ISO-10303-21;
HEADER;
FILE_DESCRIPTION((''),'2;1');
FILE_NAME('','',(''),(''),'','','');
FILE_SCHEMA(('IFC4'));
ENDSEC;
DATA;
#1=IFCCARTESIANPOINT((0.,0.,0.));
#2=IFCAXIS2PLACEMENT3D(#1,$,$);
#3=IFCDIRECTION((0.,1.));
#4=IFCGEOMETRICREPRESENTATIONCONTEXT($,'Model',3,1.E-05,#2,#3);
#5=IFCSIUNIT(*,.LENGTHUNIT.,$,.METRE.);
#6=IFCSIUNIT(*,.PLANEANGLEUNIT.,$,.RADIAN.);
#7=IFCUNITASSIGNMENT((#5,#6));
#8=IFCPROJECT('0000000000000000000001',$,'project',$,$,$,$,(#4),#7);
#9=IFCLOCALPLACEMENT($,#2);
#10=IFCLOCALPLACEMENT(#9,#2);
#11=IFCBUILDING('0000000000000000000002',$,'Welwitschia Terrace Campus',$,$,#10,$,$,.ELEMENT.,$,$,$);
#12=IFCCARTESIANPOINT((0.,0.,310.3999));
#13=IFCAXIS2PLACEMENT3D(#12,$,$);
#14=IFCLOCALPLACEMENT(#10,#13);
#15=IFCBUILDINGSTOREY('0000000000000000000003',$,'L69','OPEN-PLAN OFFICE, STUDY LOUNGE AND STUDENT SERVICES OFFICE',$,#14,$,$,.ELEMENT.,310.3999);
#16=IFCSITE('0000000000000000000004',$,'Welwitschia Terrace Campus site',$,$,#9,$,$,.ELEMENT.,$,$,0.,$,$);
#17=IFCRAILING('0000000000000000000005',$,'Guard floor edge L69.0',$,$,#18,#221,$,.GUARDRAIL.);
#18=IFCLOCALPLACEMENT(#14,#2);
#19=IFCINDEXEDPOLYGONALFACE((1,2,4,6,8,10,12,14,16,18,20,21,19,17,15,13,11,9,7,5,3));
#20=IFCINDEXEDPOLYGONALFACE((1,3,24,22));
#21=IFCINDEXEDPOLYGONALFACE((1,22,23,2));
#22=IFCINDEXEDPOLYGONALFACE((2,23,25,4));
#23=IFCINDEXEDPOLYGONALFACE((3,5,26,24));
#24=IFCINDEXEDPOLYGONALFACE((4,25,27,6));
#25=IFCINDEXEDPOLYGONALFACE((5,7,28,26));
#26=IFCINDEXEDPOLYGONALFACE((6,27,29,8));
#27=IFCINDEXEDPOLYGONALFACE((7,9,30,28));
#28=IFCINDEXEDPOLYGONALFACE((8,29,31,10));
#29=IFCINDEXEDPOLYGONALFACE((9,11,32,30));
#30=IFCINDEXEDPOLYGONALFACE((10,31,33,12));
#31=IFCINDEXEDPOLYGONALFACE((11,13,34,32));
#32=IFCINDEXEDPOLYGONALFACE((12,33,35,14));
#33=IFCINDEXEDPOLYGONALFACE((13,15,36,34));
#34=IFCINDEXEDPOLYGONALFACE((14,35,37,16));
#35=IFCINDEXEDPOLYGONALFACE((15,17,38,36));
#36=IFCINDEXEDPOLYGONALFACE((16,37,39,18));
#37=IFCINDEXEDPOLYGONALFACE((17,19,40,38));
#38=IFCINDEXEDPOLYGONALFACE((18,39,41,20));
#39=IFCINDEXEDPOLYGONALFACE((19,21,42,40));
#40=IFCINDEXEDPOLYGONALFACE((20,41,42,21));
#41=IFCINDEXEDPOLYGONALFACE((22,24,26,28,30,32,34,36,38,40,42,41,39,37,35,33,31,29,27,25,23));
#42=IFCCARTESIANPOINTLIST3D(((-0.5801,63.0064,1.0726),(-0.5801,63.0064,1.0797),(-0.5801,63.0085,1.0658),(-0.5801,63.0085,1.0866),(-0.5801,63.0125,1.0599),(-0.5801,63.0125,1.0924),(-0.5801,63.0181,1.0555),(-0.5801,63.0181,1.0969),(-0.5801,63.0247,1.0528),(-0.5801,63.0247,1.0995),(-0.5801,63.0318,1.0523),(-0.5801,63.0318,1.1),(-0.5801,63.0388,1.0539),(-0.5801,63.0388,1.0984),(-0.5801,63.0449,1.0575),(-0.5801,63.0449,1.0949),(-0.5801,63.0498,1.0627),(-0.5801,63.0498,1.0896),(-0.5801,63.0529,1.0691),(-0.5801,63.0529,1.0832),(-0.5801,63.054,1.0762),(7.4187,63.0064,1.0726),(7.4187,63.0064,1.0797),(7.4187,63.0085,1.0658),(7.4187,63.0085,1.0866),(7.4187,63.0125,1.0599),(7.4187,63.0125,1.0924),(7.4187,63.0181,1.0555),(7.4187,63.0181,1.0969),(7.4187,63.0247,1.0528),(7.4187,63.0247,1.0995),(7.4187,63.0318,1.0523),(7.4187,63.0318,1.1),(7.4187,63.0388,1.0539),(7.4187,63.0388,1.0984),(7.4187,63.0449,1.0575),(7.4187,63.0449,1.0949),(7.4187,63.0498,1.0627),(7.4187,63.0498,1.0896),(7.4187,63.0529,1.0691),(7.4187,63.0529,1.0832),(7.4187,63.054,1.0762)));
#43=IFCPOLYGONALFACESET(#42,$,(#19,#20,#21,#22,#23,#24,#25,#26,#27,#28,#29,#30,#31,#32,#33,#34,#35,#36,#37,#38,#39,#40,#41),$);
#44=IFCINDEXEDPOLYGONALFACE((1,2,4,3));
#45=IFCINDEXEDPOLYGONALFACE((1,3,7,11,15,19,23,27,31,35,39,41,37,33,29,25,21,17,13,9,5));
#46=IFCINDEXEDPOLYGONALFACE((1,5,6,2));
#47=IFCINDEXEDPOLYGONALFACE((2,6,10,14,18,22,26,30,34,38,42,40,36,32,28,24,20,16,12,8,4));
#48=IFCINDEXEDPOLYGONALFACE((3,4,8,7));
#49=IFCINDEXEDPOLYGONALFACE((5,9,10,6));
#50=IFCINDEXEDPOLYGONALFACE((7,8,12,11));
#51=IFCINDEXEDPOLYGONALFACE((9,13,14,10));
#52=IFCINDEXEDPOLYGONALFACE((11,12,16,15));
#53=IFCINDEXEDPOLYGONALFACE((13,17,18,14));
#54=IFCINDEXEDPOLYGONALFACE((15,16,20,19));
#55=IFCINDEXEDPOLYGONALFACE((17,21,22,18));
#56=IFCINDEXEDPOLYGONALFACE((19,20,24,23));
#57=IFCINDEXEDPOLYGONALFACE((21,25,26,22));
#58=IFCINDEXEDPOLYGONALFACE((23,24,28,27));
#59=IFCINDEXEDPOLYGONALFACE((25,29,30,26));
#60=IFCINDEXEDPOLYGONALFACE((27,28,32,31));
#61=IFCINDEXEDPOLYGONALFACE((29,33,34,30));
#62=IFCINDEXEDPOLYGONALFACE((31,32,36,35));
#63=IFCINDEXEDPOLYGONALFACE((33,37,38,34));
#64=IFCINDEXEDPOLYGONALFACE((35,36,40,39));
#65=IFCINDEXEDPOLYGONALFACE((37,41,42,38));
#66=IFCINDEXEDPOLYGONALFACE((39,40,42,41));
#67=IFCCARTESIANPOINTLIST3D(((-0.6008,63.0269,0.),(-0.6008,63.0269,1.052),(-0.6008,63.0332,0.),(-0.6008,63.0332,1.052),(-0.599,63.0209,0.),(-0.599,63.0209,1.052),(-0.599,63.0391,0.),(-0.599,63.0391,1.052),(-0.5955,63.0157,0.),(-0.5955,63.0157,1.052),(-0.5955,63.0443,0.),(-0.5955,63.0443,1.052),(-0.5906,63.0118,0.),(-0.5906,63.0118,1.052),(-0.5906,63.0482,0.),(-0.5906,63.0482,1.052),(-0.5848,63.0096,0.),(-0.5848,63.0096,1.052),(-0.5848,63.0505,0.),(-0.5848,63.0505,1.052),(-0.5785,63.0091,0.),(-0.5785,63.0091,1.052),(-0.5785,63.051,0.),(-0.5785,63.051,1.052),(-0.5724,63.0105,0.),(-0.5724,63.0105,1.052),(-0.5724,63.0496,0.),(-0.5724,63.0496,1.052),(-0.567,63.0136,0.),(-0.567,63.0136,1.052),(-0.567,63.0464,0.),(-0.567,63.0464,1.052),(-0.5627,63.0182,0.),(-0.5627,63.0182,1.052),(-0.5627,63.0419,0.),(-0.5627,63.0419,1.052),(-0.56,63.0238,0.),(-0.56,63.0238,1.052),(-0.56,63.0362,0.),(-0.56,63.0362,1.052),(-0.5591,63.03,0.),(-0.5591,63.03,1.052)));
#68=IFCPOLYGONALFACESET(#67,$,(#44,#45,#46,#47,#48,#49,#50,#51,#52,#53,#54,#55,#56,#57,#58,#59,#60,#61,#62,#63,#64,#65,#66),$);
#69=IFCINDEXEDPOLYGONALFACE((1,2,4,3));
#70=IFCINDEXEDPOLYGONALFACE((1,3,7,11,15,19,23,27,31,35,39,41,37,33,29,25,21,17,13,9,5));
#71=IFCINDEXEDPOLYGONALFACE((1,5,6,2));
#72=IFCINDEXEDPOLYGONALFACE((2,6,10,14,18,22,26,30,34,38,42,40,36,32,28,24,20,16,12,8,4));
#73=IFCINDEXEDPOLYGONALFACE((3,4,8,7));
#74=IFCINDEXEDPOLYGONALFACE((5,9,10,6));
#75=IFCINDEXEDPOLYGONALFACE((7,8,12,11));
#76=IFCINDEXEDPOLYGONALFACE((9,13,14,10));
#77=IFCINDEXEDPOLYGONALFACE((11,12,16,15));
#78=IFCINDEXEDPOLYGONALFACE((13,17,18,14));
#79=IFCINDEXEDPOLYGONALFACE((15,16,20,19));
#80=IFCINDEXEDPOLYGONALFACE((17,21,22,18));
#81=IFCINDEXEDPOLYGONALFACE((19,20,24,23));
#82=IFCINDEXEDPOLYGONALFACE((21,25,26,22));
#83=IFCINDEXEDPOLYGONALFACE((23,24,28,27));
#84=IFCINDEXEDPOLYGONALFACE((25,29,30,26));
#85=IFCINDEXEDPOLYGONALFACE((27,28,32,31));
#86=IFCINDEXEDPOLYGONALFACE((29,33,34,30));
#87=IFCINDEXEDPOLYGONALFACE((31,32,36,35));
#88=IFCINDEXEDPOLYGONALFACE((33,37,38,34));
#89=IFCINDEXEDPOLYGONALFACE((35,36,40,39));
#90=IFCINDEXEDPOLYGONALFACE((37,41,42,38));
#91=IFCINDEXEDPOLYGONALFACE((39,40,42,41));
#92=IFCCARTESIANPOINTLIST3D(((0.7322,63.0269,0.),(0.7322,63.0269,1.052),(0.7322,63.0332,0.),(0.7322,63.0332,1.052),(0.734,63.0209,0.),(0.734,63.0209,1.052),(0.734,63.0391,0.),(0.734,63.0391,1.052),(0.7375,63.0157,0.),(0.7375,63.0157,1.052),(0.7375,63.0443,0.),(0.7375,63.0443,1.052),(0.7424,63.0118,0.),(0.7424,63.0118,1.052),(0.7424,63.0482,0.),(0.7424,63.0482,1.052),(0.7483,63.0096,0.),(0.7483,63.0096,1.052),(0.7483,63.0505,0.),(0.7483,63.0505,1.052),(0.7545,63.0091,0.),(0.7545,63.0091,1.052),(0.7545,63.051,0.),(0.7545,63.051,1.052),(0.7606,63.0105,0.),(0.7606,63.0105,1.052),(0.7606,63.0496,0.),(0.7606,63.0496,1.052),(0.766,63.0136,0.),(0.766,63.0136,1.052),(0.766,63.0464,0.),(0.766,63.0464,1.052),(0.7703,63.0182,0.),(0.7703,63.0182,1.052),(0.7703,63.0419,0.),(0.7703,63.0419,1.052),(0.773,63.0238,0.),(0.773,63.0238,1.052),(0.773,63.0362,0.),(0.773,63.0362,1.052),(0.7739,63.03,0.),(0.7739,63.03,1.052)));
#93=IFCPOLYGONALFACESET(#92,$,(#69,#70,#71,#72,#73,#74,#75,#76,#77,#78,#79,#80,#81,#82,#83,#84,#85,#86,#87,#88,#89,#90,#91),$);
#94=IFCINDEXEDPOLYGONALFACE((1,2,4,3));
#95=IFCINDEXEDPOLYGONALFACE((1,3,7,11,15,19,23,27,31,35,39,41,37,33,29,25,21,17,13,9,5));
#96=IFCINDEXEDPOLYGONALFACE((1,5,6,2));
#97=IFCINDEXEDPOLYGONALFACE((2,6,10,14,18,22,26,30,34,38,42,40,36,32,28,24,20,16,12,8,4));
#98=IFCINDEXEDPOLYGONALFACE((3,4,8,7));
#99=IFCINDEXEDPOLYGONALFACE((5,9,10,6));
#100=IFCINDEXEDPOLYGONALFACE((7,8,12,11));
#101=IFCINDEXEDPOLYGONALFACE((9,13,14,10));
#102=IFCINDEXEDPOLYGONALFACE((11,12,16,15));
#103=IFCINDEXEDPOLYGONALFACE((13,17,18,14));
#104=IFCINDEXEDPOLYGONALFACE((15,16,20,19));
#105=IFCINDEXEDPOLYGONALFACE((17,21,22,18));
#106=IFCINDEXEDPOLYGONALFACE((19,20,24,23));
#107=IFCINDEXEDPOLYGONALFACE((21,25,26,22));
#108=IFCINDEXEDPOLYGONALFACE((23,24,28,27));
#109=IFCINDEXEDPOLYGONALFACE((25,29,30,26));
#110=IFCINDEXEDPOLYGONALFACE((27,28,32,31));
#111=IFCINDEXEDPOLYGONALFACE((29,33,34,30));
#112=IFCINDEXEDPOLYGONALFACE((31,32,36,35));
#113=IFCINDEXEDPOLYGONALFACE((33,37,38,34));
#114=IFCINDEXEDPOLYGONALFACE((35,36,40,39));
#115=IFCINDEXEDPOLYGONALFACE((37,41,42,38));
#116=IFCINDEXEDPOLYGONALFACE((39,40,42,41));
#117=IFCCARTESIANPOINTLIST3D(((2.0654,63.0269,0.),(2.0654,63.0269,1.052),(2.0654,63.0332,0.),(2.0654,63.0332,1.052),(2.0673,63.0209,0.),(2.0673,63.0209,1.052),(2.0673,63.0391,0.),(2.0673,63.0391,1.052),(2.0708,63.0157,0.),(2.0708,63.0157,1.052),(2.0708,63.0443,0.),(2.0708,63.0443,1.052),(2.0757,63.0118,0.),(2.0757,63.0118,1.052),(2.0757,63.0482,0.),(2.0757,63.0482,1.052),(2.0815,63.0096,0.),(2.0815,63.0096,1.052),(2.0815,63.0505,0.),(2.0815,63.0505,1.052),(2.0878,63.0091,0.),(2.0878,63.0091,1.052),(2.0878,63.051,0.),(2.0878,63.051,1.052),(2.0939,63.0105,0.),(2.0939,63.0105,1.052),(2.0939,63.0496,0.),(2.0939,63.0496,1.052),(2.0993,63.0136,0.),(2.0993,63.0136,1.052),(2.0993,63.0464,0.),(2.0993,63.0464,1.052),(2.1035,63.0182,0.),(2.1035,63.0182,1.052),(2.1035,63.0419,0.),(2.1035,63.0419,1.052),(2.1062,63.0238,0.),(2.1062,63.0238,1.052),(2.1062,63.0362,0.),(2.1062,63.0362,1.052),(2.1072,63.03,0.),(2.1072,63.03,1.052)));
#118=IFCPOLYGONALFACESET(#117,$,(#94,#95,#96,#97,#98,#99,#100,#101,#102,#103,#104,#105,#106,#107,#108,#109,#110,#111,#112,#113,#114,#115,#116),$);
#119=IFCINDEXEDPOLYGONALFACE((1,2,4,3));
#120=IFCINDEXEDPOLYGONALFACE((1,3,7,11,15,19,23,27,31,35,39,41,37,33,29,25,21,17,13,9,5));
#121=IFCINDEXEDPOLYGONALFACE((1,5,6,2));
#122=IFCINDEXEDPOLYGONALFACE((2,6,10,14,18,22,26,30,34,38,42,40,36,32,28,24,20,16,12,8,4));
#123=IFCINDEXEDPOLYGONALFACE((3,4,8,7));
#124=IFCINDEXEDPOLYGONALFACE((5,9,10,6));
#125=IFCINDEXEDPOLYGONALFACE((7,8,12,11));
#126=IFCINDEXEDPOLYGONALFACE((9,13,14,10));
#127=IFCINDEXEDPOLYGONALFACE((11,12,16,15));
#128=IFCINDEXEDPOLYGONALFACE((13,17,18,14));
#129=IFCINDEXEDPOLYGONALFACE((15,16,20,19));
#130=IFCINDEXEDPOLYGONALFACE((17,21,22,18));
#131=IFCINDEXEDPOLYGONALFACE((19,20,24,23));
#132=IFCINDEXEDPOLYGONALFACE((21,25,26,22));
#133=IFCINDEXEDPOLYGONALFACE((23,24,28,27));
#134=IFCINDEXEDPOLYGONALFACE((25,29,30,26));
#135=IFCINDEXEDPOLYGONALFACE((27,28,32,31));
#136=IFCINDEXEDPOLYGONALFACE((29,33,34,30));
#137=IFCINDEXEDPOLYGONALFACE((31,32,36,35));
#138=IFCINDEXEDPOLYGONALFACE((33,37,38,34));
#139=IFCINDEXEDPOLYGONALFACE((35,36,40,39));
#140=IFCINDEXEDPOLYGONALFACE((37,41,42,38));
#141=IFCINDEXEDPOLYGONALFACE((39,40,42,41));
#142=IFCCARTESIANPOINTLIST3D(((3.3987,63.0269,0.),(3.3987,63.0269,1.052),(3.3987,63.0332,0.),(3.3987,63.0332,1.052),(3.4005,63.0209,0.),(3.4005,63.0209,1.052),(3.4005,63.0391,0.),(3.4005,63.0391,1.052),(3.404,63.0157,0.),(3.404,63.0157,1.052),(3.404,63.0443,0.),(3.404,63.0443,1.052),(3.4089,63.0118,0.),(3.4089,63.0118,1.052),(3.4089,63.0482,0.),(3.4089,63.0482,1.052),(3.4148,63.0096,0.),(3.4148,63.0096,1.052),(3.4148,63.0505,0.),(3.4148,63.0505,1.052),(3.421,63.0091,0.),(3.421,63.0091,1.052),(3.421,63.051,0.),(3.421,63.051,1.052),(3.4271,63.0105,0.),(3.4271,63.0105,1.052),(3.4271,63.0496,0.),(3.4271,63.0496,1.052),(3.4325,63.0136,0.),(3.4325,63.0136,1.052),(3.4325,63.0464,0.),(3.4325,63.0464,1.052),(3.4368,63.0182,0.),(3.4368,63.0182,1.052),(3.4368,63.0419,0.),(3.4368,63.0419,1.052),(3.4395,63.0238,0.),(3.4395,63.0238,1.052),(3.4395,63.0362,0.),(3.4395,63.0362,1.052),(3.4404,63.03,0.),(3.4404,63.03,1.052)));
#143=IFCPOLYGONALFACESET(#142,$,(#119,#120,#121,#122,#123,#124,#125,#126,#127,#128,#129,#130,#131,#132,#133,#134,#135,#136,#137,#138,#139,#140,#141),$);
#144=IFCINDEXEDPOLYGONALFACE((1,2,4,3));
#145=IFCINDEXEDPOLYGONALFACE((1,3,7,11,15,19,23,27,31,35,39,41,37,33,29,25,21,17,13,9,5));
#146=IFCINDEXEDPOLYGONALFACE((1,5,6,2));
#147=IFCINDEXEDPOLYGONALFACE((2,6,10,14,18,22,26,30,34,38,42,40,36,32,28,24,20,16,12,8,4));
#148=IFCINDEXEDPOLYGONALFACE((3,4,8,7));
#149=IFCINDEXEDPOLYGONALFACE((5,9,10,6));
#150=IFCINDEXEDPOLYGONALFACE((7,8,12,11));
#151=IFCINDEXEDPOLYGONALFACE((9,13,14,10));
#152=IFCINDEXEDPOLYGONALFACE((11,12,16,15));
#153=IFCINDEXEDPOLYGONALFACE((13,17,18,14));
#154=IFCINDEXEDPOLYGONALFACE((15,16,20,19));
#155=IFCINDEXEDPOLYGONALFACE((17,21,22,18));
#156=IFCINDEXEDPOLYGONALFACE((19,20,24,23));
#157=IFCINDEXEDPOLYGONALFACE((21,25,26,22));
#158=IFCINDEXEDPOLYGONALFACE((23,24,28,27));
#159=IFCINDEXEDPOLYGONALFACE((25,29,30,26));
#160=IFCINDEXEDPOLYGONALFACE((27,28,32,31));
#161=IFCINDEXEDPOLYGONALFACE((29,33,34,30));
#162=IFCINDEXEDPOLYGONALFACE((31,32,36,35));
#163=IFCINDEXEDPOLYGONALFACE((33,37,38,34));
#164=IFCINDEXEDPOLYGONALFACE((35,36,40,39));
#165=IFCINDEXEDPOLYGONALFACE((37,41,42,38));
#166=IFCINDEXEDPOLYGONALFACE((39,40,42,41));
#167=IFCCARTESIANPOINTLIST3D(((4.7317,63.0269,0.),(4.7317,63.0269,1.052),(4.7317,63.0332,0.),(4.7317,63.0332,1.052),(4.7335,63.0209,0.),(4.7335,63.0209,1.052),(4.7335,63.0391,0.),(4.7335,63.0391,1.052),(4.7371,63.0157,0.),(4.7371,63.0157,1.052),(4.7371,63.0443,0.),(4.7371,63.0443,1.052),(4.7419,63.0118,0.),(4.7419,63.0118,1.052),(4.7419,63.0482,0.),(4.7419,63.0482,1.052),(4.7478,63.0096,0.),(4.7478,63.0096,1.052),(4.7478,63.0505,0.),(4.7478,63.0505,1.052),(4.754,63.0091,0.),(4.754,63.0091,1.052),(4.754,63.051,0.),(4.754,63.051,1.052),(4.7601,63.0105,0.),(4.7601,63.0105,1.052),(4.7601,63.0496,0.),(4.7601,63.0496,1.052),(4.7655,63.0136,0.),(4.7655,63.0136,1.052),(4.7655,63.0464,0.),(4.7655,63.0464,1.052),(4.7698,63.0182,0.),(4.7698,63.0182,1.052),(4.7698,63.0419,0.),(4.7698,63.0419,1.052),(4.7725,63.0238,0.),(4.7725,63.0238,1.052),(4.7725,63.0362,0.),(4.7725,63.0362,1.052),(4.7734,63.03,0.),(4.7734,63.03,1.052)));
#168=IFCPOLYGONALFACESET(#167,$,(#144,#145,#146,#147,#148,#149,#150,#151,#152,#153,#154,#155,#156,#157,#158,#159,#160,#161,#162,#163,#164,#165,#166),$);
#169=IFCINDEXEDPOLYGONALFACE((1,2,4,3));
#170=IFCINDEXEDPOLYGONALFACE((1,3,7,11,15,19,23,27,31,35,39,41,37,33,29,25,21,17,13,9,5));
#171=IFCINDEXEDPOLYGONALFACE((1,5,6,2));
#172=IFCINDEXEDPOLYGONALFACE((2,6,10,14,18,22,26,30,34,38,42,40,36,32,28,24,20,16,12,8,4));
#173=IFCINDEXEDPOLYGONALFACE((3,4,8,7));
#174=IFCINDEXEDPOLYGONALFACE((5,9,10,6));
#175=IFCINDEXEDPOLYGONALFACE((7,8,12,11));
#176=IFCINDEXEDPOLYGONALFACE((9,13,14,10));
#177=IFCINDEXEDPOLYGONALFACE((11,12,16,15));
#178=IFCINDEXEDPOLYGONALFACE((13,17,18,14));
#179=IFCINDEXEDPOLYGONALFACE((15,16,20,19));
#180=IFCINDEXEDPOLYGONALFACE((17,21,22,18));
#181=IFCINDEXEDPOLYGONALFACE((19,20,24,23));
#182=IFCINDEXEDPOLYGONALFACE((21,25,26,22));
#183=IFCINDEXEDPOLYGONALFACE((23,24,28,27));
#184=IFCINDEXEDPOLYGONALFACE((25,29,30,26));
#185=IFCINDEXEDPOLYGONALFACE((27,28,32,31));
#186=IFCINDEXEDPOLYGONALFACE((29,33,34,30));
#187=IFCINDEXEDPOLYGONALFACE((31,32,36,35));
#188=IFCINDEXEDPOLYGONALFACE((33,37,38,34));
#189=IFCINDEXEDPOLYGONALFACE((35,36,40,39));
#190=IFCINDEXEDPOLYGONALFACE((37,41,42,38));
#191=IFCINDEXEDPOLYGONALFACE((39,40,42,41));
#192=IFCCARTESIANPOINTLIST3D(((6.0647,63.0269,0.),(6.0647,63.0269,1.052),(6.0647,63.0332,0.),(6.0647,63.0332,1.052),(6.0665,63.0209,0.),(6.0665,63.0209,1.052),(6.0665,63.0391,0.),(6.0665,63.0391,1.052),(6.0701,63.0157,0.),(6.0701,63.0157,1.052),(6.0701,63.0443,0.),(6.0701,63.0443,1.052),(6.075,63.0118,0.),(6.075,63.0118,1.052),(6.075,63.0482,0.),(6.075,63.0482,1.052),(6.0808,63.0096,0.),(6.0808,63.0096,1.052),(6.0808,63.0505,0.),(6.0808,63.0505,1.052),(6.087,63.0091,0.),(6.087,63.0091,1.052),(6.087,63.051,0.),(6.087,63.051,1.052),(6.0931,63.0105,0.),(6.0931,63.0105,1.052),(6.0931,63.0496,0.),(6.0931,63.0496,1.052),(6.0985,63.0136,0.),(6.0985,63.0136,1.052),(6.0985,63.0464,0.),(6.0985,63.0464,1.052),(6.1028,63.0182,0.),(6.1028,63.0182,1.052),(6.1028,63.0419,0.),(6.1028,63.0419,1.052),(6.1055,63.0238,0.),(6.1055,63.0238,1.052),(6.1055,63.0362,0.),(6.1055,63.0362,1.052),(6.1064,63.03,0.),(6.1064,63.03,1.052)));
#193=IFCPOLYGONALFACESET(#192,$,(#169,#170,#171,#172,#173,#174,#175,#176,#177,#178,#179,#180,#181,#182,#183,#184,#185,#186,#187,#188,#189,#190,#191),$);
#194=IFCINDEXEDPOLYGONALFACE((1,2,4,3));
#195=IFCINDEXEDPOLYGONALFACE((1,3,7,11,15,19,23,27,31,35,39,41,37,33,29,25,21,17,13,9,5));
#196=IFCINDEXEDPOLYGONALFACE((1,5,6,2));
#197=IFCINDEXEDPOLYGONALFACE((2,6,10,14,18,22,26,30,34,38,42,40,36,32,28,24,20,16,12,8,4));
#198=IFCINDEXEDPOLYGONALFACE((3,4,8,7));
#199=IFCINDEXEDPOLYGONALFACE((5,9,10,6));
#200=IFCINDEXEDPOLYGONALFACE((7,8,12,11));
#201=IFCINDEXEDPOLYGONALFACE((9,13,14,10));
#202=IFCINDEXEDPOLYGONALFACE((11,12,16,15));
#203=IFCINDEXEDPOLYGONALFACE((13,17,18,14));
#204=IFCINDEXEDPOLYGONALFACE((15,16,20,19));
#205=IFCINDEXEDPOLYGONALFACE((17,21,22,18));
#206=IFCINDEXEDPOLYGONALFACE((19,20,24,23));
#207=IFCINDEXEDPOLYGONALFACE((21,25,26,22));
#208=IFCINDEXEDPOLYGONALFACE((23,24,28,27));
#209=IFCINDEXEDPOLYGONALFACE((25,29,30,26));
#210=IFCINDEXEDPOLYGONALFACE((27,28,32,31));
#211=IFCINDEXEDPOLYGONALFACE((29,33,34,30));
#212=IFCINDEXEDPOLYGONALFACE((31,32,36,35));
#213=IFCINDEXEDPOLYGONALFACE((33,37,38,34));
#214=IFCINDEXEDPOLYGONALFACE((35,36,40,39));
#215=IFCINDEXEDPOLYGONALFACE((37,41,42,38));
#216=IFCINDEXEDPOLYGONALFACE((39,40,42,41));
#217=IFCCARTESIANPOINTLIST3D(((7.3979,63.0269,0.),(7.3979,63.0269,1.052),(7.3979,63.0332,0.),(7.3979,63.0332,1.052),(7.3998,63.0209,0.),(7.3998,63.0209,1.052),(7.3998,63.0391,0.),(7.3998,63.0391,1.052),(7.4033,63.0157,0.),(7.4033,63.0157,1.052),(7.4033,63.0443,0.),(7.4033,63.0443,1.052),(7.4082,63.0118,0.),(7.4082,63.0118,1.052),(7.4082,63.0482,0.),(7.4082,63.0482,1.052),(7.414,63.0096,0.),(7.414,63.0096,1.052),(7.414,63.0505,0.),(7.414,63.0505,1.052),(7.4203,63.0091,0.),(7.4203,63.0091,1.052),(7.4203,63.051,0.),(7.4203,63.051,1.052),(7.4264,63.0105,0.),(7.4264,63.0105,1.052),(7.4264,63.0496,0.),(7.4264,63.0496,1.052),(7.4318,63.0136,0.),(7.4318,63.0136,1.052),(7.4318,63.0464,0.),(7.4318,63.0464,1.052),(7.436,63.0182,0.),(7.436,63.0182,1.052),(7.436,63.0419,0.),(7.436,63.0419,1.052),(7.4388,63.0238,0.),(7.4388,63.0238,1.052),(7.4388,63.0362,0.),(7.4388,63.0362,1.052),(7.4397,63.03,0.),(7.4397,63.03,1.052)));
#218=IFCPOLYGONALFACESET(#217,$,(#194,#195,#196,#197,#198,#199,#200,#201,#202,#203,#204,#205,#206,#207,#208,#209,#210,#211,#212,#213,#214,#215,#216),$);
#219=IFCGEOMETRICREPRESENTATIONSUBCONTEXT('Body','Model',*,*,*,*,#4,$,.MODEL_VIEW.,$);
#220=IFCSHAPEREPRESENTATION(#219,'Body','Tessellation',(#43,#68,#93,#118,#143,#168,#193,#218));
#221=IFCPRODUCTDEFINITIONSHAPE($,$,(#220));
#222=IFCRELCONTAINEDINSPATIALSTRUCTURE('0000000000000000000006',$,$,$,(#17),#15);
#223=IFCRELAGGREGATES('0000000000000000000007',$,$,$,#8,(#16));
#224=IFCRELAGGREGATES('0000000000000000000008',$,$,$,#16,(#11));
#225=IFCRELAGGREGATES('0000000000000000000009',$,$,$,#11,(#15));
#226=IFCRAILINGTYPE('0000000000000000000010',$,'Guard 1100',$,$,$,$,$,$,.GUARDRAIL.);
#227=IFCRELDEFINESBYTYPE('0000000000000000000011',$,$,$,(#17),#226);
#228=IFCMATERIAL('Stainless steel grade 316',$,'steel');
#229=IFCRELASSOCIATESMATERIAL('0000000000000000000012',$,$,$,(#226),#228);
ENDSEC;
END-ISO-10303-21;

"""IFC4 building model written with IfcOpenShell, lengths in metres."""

from ifc_helpers import new_model, si_unit, direction, frame, origin, origin_2d, place, context, subcontext, project, spatial, circle, extrude, material, type_object, element, save


model = new_model("IFC4")

# Units and contexts
model_context = context("Model", 3, precision=1e-05, world=origin(), true_north=direction((0.0, 1.0)))
body_context = subcontext(model_context, "Body", "Model", "MODEL_VIEW")
ifc_project = project(units=[si_unit("LENGTHUNIT", "METRE"), si_unit("PLANEANGLEUNIT", "RADIAN")], contexts=[model_context])

# Site, building, storey
site_placement = place(None, origin())
site = spatial("IfcSite", under=ifc_project, at=site_placement, Name="Welwitschia Terrace Campus site", CompositionType="ELEMENT", RefElevation=0.0)
building_placement = place(site_placement, origin())
building = spatial("IfcBuilding", under=site, at=building_placement, Name="Welwitschia Terrace Campus", CompositionType="ELEMENT")
storey_placement = place(building_placement, frame((0.0, 0.0, 310.3999)))
storey = spatial("IfcBuildingStorey", under=building, at=storey_placement, Name="L69", Description="OPEN-PLAN OFFICE, STUDY LOUNGE AND STUDENT SERVICES OFFICE", CompositionType="ELEMENT", Elevation=310.3999)

# Railing
ifc_material_1 = material(Name="Stainless steel grade 316", Category="steel")
railing_type = type_object("IfcRailingType", Name="Guard 1100", PredefinedType="GUARDRAIL", material=ifc_material_1)
railing_placement = place(storey_placement, frame((-0.5801, 63.03, 0.0)))
element("IfcRailing", 1, at=railing_placement, inside=storey, type_object=railing_type, Name="Guard floor edge L69.0", PredefinedType="GUARDRAIL", context=body_context, shape_type="SweptSolid", body=[
    extrude(circle(Radius=0.0239, at=origin_2d()), frame((0.0, 0.0, 1.0762), z_axis=(1.0, 0.0, 0.0), x_axis=(0.0, 1.0, 0.0)), (0.0, 0.0, 1.0), 7.9988),
    extrude(circle(Radius=0.021, at=origin_2d()), origin(), (0.0, 0.0, 1.0), 1.052),
    extrude(circle(Radius=0.021, at=origin_2d()), frame((1.333, 0.0, 0.0)), (0.0, 0.0, 1.0), 1.052),
    extrude(circle(Radius=0.021, at=origin_2d()), frame((2.6663, 0.0, 0.0)), (0.0, 0.0, 1.0), 1.052),
    extrude(circle(Radius=0.021, at=origin_2d()), frame((3.9995, 0.0, 0.0)), (0.0, 0.0, 1.0), 1.052),
    extrude(circle(Radius=0.021, at=origin_2d()), frame((5.3325, 0.0, 0.0)), (0.0, 0.0, 1.0), 1.052),
    extrude(circle(Radius=0.021, at=origin_2d()), frame((6.6655, 0.0, 0.0)), (0.0, 0.0, 1.0), 1.052),
    extrude(circle(Radius=0.021, at=origin_2d()), frame((7.9988, 0.0, 0.0)), (0.0, 0.0, 1.0), 1.052),
])

save(model, "model.ifc")
